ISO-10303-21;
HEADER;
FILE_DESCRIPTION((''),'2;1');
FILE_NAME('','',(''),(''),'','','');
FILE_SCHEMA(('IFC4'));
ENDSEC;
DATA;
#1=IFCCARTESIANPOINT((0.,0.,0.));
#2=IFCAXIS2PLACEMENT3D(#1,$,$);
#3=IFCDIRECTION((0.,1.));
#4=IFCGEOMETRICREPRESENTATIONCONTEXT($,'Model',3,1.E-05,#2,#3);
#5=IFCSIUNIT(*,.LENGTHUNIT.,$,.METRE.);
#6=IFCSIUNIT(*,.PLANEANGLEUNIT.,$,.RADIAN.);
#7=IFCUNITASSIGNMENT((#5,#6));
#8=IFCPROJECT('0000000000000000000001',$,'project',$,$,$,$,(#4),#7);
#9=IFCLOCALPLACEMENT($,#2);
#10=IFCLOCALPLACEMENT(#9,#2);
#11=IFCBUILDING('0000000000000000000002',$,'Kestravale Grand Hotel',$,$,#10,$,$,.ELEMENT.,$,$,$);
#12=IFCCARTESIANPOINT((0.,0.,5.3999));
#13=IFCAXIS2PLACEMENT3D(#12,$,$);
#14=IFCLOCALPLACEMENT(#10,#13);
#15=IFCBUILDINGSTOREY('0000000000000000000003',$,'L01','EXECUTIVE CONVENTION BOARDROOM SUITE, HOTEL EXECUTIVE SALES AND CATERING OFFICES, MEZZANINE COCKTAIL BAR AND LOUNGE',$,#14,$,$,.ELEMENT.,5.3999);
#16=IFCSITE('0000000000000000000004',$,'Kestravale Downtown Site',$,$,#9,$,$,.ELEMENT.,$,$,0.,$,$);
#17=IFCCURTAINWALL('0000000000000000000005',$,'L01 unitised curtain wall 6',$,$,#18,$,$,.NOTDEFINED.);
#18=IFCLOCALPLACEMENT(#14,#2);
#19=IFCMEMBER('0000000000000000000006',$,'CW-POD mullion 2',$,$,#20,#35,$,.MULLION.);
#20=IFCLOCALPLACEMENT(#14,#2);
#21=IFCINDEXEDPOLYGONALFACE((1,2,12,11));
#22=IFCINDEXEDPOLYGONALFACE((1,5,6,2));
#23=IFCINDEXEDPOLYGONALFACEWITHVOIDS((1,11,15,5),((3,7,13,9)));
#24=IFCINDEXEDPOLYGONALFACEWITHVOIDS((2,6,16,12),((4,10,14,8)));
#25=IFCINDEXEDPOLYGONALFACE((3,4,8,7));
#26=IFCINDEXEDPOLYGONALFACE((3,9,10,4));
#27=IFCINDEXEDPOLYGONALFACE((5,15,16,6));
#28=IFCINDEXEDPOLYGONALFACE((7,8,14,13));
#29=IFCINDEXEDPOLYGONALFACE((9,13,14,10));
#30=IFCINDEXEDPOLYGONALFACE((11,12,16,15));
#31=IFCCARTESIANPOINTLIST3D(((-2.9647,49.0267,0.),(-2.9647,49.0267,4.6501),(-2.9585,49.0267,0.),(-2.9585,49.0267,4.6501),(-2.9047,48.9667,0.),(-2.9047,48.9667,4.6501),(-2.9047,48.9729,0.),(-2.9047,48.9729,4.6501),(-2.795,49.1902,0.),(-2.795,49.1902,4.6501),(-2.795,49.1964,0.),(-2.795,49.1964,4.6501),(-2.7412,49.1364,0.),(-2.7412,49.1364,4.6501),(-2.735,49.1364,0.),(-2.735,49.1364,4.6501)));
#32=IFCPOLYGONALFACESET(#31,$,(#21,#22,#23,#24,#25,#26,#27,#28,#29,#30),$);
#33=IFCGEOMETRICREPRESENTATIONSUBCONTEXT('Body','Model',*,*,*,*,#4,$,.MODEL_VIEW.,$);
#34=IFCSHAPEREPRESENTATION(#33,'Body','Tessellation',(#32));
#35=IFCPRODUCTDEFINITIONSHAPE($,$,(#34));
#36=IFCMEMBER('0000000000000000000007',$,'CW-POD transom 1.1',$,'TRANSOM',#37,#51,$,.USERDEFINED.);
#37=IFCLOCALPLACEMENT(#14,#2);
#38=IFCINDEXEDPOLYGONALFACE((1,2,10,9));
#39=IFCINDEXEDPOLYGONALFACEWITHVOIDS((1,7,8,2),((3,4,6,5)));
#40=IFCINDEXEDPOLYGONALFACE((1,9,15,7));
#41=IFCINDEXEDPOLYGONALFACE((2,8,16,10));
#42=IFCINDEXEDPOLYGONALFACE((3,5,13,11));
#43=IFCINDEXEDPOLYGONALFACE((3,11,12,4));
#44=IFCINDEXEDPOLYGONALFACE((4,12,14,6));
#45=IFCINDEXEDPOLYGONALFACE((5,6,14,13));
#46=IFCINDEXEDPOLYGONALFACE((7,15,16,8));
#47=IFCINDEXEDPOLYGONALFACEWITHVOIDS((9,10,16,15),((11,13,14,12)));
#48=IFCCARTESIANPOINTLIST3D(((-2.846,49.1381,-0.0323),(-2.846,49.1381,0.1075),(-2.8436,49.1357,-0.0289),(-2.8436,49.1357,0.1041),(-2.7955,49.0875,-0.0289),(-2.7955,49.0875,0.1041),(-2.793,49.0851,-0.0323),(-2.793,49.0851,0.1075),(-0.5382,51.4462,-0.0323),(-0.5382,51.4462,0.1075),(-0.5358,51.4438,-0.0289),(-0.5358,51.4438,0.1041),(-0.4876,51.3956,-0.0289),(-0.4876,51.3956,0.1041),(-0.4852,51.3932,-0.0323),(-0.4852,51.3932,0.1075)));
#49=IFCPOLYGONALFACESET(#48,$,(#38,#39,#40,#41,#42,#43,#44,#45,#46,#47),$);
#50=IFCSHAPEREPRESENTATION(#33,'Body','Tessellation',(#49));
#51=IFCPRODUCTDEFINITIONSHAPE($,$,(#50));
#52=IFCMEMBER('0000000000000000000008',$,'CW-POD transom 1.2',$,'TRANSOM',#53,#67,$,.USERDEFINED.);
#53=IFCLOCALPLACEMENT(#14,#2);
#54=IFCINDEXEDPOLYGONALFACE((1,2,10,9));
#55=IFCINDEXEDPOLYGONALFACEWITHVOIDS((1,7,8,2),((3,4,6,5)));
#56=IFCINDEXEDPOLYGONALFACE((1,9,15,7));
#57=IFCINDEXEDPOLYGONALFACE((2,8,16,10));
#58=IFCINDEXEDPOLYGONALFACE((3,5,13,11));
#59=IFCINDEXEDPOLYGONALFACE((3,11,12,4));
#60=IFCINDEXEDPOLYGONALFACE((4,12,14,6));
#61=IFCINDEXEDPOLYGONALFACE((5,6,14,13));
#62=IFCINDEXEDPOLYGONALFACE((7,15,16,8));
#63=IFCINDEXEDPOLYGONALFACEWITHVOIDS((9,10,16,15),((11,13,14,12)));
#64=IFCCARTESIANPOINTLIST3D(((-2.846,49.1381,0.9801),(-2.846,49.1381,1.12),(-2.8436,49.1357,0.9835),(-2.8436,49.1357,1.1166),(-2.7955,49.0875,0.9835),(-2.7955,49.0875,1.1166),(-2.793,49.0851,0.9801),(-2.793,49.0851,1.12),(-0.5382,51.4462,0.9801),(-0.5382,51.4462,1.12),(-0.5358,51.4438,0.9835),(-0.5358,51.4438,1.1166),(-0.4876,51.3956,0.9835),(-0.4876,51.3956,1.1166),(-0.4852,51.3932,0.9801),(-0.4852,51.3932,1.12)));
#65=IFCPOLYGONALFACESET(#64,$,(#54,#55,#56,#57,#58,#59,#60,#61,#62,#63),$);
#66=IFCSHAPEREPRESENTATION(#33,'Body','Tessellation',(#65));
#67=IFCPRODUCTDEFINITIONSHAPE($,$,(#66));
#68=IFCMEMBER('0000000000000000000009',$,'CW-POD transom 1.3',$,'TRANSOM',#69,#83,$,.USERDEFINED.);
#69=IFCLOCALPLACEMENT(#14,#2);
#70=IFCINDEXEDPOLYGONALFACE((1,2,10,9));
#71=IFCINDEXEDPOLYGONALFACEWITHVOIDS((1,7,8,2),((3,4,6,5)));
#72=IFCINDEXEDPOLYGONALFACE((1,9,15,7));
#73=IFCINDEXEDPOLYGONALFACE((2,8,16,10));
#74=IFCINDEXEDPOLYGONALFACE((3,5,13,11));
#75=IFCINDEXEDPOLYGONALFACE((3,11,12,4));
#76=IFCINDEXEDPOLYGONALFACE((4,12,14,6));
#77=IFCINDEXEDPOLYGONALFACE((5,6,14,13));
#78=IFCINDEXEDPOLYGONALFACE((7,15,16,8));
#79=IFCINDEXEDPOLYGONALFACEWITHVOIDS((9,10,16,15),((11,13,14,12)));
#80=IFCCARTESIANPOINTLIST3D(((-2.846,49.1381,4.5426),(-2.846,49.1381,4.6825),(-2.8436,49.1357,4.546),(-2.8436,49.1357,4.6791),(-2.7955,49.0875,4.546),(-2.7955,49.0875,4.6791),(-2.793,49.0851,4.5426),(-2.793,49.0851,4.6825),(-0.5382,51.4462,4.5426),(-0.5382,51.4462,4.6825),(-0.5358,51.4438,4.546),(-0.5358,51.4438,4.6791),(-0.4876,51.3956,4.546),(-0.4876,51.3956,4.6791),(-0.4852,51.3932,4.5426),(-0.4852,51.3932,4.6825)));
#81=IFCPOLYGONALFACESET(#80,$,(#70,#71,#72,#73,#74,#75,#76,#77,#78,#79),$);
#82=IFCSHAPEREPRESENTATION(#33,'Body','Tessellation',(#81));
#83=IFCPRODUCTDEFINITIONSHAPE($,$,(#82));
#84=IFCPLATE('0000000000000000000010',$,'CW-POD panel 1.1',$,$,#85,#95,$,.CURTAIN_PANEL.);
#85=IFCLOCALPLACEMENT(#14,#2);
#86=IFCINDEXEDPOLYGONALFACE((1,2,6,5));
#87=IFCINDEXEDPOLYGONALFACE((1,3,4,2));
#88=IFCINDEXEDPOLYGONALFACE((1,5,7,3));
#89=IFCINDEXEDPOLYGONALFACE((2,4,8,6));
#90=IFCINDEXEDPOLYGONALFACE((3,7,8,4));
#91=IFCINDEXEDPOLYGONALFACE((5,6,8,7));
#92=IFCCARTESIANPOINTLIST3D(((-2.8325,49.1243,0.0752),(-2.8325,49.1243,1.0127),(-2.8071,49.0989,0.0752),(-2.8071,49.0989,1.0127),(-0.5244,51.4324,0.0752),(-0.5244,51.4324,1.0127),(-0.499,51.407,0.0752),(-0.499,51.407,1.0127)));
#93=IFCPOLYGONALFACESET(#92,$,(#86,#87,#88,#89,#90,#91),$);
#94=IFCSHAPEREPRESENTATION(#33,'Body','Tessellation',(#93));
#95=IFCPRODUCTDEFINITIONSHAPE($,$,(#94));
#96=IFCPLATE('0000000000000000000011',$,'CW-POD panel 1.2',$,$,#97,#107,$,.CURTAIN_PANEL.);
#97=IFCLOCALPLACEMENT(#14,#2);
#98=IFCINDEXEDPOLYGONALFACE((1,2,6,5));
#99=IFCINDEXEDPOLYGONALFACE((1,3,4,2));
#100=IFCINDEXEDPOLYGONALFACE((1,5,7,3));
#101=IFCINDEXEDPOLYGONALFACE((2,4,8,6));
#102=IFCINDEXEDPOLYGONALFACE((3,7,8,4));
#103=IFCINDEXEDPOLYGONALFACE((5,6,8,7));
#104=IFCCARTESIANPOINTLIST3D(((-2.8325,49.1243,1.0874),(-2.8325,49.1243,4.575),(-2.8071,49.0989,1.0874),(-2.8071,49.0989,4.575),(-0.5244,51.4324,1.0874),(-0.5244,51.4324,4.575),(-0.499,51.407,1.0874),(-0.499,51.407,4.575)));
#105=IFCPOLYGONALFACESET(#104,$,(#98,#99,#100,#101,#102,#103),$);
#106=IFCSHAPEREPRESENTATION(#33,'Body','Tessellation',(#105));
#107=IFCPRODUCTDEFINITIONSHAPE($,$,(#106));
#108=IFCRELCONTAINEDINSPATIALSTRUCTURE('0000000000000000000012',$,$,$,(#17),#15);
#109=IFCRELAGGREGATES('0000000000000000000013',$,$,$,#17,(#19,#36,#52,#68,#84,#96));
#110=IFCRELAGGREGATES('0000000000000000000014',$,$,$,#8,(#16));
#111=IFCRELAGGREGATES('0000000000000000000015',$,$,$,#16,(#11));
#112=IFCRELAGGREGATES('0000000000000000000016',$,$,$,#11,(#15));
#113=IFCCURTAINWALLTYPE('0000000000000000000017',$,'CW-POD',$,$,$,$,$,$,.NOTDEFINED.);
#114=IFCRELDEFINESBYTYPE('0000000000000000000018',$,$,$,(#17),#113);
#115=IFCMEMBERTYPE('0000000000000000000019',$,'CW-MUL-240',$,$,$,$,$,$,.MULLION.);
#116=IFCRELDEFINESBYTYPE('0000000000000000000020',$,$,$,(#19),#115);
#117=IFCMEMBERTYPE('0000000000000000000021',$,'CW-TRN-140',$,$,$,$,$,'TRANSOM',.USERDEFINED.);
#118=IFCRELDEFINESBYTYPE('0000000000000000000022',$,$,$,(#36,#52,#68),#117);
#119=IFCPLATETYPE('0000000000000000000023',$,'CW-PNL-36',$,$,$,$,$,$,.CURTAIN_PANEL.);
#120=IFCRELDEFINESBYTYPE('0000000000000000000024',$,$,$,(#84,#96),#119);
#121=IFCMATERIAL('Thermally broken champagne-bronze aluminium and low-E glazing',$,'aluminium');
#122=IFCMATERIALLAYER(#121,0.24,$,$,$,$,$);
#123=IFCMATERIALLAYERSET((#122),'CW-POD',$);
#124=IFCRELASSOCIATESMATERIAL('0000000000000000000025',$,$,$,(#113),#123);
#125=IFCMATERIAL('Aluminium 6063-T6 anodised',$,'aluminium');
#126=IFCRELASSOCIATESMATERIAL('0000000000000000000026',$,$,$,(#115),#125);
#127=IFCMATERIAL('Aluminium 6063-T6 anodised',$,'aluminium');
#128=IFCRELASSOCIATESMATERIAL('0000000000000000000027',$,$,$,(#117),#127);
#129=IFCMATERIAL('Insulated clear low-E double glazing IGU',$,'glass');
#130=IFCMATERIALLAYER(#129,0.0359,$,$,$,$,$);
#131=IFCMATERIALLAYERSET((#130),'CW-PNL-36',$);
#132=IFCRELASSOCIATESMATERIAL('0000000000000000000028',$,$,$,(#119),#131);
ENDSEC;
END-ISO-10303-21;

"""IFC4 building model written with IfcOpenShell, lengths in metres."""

from ifc_helpers import new_model, si_unit, direction, frame, origin, origin_2d, place, context, subcontext, project, spatial, rectangle, hollow_rectangle, extrude, material, layer, layer_set, material_profile, profile_set, type_object, element, aggregate, save


model = new_model("IFC4")

# Units and contexts
model_context = context("Model", 3, precision=1e-05, world=origin(), true_north=direction((0.0, 1.0)))
body_context = subcontext(model_context, "Body", "Model", "MODEL_VIEW")
ifc_project = project(units=[si_unit("LENGTHUNIT", "METRE"), si_unit("PLANEANGLEUNIT", "RADIAN")], contexts=[model_context])

# Site, building, storey
site_placement = place(None, origin())
site = spatial("IfcSite", under=ifc_project, at=site_placement, Name="Kestravale Downtown Site", CompositionType="ELEMENT", RefElevation=0.0)
building_placement = place(site_placement, origin())
building = spatial("IfcBuilding", under=site, at=building_placement, Name="Kestravale Grand Hotel", CompositionType="ELEMENT")
storey_placement = place(building_placement, frame((0.0, 0.0, 5.3999)))
storey = spatial("IfcBuildingStorey", under=building, at=storey_placement, Name="L01", Description="EXECUTIVE CONVENTION BOARDROOM SUITE, HOTEL EXECUTIVE SALES AND CATERING OFFICES, MEZZANINE COCKTAIL BAR AND LOUNGE", CompositionType="ELEMENT", Elevation=5.3999)

# Curtain wall, members, plates
ifc_material_1 = material(Name="Thermally broken champagne-bronze aluminium and low-E glazing", Category="aluminium")
ifc_layer_1 = layer(ifc_material_1, 0.24)
ifc_layer_set_1 = layer_set([ifc_layer_1], Name="CW-POD")
curtain_wall_type = type_object("IfcCurtainWallType", Name="CW-POD", PredefinedType="NOTDEFINED", material=ifc_layer_set_1)
curtain_wall_placement = place(storey_placement, origin())
curtain_wall = element("IfcCurtainWall", 1, at=curtain_wall_placement, inside=storey, type_object=curtain_wall_type, Name="L01 unitised curtain wall 6", PredefinedType="NOTDEFINED")
ifc_material_2 = material(Name="Aluminium 6063-T6 anodised", Category="aluminium")
ifc_material_profile_1 = material_profile(ifc_material_2, hollow_rectangle(XDim=0.085, YDim=0.24, WallThickness=0.0044, at=origin_2d()))
ifc_profile_set_1 = profile_set([ifc_material_profile_1], Name="Aluminium 6063-T6 anodised")
member_type_1 = type_object("IfcMemberType", Name="CW-MUL-240", PredefinedType="MULLION", material=ifc_profile_set_1)
member_1_placement = place(storey_placement, frame((-2.8499, 49.0815, 0.0), z_axis=(0.0, 0.0, 1.0), x_axis=(0.707107, -0.707107, 0.0)))
member_1 = element("IfcMember", 2, at=member_1_placement, type_object=member_type_1, Name="CW-POD mullion 2", PredefinedType="MULLION", context=body_context, shape_type="SweptSolid", body=[
    extrude(hollow_rectangle(XDim=0.085, YDim=0.24, WallThickness=0.0044, at=origin_2d()), origin(), (0.0, 0.0, 1.0), 4.6501),
])
ifc_material_3 = material(Name="Aluminium 6063-T6 anodised", Category="aluminium")
ifc_material_profile_2 = material_profile(ifc_material_3, hollow_rectangle(XDim=0.075, YDim=0.1399, WallThickness=0.0034, at=origin_2d()))
ifc_profile_set_2 = profile_set([ifc_material_profile_2], Name="Aluminium 6063-T6 anodised")
member_type_2 = type_object("IfcMemberType", Name="CW-TRN-140", ElementType="TRANSOM", PredefinedType="USERDEFINED", material=ifc_profile_set_2)
member_2_placement = place(storey_placement, frame((-0.5117, 51.4197, 0.0376), z_axis=(-0.707069, -0.707144, 0.0), x_axis=(0.707144, -0.707069, 0.0)))
member_2 = element("IfcMember", 3, at=member_2_placement, type_object=member_type_2, Name="CW-POD transom 1.1", ObjectType="TRANSOM", PredefinedType="USERDEFINED", context=body_context, shape_type="SweptSolid", body=[
    extrude(hollow_rectangle(XDim=0.075, YDim=0.1399, WallThickness=0.0034, at=origin_2d()), origin(), (0.0, 0.0, 1.0), 3.2639),
])
member_3_placement = place(storey_placement, frame((-0.5117, 51.4197, 1.05), z_axis=(-0.707069, -0.707144, 0.0), x_axis=(0.707144, -0.707069, 0.0)))
member_3 = element("IfcMember", 4, at=member_3_placement, type_object=member_type_2, Name="CW-POD transom 1.2", ObjectType="TRANSOM", PredefinedType="USERDEFINED", context=body_context, shape_type="SweptSolid", body=[
    extrude(hollow_rectangle(XDim=0.075, YDim=0.1399, WallThickness=0.0034, at=origin_2d()), origin(), (0.0, 0.0, 1.0), 3.2639),
])
member_4_placement = place(storey_placement, frame((-0.5117, 51.4197, 4.6125), z_axis=(-0.707069, -0.707144, 0.0), x_axis=(0.707144, -0.707069, 0.0)))
member_4 = element("IfcMember", 5, at=member_4_placement, type_object=member_type_2, Name="CW-POD transom 1.3", ObjectType="TRANSOM", PredefinedType="USERDEFINED", context=body_context, shape_type="SweptSolid", body=[
    extrude(hollow_rectangle(XDim=0.075, YDim=0.1399, WallThickness=0.0034, at=origin_2d()), origin(), (0.0, 0.0, 1.0), 3.2639),
])
ifc_material_4 = material(Name="Insulated clear low-E double glazing IGU", Category="glass")
ifc_layer_2 = layer(ifc_material_4, 0.0359)
ifc_layer_set_2 = layer_set([ifc_layer_2], Name="CW-PNL-36")
plate_type = type_object("IfcPlateType", Name="CW-PNL-36", PredefinedType="CURTAIN_PANEL", material=ifc_layer_set_2)
plate_1_placement = place(storey_placement, frame((-1.6658, 50.2656, 0.0752), z_axis=(0.0, 0.0, 1.0), x_axis=(-0.707107, -0.707107, 0.0)))
plate_1 = element("IfcPlate", 6, at=plate_1_placement, type_object=plate_type, Name="CW-POD panel 1.1", PredefinedType="CURTAIN_PANEL", context=body_context, shape_type="SweptSolid", body=[
    extrude(rectangle(XDim=3.2642, YDim=0.0359, at=origin_2d()), origin(), (0.0, 0.0, 1.0), 0.9375),
])
plate_2_placement = place(storey_placement, frame((-1.6658, 50.2656, 1.0874), z_axis=(0.0, 0.0, 1.0), x_axis=(-0.707107, -0.707107, 0.0)))
plate_2 = element("IfcPlate", 7, at=plate_2_placement, type_object=plate_type, Name="CW-POD panel 1.2", PredefinedType="CURTAIN_PANEL", context=body_context, shape_type="SweptSolid", body=[
    extrude(rectangle(XDim=3.2642, YDim=0.0359, at=origin_2d()), origin(), (0.0, 0.0, 1.0), 3.4875),
])
aggregate(curtain_wall, [member_1, member_2, member_3, member_4, plate_1, plate_2])

save(model, "model.ifc")
